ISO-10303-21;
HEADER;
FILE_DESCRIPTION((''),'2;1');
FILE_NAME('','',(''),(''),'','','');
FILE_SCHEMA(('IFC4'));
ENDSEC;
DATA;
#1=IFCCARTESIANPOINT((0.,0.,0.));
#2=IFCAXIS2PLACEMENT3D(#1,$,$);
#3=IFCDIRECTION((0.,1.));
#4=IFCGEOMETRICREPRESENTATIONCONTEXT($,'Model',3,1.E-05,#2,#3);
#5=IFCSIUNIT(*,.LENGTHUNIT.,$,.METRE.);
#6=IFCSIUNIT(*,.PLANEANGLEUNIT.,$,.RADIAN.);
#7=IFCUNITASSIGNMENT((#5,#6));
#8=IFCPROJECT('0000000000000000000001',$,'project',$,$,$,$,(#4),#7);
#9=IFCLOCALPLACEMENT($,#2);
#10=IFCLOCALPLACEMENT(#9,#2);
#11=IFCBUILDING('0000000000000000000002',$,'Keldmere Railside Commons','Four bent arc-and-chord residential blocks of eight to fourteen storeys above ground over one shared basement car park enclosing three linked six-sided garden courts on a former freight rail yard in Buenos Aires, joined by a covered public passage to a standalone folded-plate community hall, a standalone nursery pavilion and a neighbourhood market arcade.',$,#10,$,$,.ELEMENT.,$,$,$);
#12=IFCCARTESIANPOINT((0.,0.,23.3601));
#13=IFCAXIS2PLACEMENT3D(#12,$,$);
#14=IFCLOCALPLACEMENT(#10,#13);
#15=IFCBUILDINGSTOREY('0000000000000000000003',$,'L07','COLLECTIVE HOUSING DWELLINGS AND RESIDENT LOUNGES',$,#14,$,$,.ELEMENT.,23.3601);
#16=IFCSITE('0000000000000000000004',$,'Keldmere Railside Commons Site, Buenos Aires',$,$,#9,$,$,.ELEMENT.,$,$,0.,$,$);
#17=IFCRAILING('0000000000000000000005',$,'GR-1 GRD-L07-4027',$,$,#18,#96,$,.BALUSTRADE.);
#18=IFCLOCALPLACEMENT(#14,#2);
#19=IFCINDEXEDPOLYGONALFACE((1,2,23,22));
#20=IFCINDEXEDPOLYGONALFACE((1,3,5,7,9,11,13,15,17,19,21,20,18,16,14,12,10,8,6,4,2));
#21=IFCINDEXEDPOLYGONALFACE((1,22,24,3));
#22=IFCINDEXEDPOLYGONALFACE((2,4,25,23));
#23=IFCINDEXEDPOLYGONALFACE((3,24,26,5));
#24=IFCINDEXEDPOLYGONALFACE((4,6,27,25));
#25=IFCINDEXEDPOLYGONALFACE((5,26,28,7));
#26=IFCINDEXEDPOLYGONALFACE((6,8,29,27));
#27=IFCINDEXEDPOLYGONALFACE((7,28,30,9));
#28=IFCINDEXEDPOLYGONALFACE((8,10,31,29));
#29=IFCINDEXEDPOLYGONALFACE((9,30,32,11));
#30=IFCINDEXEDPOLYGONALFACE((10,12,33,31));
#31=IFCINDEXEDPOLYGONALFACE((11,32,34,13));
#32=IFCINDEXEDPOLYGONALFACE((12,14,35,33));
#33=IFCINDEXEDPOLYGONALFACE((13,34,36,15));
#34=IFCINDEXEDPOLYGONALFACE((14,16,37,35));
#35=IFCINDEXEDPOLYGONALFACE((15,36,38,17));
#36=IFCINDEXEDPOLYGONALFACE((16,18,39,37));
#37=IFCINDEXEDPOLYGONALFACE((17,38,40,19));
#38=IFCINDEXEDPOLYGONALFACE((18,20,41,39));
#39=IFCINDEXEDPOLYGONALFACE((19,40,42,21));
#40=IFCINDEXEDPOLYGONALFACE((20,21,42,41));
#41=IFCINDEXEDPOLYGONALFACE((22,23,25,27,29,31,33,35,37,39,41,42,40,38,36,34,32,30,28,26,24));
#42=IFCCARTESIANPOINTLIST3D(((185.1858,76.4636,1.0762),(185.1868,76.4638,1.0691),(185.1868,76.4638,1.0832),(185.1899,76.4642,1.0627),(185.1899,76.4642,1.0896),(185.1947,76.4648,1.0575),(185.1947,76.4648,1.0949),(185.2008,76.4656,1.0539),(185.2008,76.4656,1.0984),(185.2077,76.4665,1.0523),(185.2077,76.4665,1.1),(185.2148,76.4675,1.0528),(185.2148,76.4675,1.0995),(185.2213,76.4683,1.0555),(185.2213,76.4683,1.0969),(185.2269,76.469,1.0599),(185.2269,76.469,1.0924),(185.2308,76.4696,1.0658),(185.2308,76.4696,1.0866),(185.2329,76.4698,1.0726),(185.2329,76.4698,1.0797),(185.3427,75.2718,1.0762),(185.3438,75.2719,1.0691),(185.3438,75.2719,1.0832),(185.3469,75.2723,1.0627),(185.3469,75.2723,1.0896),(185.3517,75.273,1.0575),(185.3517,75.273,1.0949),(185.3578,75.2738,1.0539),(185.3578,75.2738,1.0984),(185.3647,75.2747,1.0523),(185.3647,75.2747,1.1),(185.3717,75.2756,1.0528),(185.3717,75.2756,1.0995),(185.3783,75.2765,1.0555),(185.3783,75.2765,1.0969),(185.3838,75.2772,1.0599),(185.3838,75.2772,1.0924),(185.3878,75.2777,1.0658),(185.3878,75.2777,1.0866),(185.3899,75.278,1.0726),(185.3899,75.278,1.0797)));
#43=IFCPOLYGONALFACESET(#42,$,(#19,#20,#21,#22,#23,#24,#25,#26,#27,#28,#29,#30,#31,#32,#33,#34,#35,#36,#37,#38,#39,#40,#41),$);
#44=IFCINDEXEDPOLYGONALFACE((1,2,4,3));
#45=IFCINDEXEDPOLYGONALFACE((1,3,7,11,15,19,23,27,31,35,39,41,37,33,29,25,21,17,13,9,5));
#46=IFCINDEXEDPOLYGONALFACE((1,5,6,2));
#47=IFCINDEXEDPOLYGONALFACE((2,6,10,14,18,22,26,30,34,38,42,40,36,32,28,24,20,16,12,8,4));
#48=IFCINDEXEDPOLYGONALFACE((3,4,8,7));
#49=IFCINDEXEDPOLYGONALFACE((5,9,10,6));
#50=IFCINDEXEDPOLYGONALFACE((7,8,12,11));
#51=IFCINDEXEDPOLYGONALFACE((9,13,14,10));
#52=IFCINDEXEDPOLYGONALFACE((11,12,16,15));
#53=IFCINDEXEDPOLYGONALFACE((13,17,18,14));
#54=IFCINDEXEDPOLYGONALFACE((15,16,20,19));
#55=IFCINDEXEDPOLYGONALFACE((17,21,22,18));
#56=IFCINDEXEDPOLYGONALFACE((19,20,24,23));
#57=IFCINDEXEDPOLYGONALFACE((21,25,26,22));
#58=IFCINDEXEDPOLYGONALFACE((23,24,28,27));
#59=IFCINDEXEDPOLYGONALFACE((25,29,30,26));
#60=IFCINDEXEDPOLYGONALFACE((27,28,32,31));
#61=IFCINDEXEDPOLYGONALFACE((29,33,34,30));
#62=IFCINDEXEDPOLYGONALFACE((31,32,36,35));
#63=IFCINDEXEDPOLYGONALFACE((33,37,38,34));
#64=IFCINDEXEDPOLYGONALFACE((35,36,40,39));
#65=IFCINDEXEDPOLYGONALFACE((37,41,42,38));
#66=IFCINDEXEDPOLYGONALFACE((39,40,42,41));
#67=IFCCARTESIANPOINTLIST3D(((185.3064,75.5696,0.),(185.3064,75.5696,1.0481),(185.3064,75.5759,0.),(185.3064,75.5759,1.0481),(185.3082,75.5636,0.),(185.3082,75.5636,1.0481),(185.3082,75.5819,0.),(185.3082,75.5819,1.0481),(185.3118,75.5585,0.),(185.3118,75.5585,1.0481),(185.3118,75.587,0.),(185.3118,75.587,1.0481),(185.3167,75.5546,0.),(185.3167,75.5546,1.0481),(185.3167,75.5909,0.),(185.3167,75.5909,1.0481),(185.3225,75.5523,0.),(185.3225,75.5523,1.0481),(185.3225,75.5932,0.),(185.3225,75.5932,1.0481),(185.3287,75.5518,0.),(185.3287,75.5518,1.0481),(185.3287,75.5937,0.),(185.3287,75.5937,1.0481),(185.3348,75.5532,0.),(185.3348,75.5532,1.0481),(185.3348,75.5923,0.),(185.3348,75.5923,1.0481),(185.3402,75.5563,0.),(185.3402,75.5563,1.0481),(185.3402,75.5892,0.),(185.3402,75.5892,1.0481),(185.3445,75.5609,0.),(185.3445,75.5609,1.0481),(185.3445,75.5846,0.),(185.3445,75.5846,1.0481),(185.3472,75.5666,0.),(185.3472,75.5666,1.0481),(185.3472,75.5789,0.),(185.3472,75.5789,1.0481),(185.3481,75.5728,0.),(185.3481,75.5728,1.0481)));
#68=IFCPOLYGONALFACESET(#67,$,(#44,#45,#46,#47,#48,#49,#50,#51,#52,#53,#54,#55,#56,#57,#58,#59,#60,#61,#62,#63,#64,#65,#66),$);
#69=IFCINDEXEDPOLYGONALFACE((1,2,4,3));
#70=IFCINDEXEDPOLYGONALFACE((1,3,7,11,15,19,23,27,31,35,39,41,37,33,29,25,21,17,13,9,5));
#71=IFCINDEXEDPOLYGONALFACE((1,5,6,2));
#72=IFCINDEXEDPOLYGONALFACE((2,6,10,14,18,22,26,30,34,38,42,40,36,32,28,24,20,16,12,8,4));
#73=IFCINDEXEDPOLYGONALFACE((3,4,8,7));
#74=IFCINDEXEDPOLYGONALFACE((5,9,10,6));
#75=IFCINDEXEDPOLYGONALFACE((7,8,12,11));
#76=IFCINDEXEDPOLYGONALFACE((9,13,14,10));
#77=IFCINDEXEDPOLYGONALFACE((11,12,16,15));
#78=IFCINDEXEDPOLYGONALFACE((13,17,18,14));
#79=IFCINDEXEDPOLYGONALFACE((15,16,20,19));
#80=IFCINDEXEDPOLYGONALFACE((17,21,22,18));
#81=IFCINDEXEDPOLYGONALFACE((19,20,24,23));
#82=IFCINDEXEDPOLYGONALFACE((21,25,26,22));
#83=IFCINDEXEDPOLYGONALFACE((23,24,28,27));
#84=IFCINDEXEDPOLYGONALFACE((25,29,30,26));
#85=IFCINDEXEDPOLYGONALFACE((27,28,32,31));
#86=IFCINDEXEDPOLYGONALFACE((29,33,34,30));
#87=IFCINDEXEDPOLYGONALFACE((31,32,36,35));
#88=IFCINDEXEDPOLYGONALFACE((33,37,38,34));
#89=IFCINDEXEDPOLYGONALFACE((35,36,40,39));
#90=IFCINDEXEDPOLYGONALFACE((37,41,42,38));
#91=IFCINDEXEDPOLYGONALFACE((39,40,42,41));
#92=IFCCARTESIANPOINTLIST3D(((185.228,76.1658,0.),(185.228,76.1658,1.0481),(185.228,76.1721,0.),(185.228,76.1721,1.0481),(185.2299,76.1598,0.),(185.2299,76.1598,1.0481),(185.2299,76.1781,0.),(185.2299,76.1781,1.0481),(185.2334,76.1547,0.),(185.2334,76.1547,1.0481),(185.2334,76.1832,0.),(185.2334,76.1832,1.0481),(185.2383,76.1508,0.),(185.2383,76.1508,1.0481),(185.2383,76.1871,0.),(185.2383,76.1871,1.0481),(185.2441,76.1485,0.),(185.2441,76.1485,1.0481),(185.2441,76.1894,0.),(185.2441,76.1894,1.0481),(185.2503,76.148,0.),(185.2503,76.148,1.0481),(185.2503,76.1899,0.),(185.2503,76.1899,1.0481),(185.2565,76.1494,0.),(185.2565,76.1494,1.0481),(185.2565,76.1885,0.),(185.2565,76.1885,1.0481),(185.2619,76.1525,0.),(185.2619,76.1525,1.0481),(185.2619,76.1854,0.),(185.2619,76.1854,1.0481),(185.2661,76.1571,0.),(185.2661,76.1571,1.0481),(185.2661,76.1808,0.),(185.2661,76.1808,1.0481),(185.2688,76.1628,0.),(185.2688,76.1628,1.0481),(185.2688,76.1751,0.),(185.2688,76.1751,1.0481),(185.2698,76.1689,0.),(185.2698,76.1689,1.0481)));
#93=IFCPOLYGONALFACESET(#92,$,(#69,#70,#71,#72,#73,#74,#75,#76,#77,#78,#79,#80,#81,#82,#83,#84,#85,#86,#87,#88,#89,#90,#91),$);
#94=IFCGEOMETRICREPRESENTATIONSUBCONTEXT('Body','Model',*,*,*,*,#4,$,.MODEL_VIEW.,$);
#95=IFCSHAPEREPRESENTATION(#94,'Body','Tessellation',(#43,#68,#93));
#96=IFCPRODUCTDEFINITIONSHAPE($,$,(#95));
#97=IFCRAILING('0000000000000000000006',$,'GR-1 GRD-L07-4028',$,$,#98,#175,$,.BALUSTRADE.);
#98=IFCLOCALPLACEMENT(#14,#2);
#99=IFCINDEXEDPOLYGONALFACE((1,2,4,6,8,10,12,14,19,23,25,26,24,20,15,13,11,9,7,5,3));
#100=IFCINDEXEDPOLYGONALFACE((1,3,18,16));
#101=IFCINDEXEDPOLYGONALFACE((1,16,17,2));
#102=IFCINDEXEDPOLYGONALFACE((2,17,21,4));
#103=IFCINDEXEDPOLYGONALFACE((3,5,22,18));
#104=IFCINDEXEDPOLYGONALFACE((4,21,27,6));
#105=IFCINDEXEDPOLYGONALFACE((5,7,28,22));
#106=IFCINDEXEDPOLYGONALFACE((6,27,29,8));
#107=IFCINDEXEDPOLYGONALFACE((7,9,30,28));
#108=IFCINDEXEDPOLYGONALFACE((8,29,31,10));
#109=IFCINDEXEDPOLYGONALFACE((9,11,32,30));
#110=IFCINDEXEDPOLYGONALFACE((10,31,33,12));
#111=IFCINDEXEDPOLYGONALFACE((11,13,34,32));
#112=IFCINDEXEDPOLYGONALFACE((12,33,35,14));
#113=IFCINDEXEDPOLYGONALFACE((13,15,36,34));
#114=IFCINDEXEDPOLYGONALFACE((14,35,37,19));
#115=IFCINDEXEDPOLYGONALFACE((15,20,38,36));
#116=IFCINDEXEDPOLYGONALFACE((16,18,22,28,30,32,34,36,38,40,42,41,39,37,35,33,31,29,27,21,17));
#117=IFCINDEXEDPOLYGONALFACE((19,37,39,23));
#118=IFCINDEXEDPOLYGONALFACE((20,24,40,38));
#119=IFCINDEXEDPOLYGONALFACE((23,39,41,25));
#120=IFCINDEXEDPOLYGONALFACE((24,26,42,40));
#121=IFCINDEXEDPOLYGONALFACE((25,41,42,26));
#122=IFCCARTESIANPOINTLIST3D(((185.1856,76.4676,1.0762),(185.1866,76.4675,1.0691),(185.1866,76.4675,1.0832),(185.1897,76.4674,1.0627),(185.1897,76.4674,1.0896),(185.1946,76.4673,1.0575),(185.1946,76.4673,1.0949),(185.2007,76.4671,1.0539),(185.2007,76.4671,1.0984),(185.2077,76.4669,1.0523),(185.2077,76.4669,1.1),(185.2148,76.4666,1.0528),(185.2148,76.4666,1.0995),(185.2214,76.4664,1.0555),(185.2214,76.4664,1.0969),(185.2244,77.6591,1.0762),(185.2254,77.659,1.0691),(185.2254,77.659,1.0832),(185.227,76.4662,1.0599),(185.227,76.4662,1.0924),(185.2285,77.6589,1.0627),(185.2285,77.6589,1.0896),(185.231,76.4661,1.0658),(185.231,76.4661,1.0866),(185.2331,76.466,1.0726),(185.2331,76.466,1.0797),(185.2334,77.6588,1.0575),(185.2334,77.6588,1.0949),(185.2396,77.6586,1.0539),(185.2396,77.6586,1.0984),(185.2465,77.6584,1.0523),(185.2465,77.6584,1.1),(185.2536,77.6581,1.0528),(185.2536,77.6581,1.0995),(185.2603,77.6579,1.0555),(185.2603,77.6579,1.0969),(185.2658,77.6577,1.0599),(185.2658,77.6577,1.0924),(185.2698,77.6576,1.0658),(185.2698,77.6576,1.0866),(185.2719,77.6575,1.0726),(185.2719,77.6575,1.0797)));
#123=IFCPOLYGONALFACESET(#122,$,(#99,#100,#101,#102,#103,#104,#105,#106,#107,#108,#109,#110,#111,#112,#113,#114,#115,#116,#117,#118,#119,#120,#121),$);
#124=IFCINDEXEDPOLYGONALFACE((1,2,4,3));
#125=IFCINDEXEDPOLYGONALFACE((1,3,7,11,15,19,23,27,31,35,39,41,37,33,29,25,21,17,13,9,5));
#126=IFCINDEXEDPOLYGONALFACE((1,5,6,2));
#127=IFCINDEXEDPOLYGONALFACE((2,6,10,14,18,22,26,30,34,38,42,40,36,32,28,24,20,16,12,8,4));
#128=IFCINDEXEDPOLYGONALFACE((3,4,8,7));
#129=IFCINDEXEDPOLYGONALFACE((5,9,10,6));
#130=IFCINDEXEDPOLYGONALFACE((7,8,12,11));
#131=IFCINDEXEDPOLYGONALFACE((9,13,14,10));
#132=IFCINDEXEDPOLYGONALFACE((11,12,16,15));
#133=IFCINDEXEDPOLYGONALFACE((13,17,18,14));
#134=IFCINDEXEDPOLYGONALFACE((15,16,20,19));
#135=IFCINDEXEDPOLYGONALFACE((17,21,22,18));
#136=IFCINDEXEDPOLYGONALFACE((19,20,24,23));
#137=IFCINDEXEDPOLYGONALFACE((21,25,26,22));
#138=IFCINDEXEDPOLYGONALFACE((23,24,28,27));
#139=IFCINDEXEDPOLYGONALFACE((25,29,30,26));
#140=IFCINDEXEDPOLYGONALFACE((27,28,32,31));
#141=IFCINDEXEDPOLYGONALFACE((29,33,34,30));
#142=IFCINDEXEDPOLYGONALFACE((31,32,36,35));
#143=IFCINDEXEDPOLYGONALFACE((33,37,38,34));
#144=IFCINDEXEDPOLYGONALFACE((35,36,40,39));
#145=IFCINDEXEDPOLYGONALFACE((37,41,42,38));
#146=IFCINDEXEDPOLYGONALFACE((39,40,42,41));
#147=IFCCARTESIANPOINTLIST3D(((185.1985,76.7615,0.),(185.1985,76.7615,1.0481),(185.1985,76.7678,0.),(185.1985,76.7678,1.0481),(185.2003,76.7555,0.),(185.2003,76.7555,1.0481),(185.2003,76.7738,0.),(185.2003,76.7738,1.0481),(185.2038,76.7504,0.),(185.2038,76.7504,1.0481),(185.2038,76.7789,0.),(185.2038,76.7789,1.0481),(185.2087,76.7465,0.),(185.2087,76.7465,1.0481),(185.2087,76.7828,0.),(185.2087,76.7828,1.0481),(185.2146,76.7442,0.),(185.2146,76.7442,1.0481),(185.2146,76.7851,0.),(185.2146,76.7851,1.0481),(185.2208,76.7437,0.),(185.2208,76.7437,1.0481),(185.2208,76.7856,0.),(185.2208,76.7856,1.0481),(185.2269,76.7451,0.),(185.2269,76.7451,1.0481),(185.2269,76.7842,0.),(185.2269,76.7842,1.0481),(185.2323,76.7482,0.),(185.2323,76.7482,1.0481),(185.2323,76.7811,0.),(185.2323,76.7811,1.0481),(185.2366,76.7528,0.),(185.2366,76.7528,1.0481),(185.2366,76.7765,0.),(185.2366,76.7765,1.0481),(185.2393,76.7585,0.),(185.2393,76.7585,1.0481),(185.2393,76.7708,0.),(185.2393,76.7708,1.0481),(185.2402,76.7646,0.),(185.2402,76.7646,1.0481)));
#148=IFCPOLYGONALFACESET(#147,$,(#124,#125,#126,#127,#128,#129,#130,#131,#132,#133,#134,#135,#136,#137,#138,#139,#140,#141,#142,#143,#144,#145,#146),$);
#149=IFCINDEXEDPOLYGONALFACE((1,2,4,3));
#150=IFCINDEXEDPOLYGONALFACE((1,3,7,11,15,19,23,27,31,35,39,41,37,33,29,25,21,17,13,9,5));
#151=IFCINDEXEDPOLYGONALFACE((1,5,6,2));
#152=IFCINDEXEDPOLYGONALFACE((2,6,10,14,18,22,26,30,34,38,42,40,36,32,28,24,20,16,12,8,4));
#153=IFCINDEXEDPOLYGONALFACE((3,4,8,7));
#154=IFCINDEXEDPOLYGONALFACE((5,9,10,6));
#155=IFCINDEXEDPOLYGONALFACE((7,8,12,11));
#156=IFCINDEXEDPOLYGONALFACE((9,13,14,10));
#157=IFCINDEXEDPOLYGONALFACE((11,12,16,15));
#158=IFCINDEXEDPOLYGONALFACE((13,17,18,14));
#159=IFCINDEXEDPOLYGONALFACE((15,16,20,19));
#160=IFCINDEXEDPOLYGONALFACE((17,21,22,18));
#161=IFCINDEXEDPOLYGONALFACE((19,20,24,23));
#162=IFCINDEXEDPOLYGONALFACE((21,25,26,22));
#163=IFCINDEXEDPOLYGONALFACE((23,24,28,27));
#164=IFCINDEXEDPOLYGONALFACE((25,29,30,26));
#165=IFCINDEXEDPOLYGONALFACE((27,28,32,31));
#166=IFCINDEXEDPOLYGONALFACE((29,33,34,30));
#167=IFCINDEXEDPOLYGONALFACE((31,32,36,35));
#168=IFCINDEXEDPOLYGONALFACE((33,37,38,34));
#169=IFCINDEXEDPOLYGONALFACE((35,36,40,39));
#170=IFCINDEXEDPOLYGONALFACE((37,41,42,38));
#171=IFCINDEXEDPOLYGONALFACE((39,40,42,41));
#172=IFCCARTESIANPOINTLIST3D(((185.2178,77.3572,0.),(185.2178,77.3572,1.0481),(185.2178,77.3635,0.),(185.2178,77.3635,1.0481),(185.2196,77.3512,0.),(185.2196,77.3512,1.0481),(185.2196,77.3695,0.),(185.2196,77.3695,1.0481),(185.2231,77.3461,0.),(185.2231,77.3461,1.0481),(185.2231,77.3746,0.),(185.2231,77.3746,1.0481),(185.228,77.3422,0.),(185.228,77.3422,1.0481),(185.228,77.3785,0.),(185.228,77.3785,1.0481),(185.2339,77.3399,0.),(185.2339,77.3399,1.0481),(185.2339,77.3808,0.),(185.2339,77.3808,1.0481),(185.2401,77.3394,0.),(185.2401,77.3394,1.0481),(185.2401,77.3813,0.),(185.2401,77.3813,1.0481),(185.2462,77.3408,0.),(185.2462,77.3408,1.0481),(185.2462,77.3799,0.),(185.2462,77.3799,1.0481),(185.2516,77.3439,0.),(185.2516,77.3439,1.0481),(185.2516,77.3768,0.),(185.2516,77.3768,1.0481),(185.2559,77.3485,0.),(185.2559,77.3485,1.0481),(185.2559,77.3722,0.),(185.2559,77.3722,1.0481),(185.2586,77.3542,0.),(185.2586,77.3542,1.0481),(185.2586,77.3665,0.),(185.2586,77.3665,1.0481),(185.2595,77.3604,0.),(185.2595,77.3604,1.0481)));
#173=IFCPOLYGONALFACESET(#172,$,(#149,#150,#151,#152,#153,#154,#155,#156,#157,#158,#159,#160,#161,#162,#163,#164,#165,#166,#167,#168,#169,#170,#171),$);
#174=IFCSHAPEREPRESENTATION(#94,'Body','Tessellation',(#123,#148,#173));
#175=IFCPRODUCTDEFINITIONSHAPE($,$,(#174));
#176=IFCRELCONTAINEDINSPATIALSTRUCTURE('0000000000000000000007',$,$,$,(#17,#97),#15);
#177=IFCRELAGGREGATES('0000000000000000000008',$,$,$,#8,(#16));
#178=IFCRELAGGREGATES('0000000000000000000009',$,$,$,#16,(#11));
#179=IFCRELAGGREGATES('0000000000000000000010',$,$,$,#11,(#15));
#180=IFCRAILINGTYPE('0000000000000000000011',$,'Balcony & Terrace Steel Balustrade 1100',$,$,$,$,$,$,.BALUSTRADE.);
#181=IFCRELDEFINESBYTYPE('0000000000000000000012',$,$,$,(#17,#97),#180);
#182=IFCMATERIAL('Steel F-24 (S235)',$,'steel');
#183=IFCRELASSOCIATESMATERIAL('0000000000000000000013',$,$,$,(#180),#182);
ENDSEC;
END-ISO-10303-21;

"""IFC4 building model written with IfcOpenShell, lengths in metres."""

from ifc_helpers import new_model, si_unit, direction, frame, origin, origin_2d, place, context, subcontext, project, spatial, circle, extrude, material, type_object, element, save


model = new_model("IFC4")

# Units and contexts
model_context = context("Model", 3, precision=1e-05, world=origin(), true_north=direction((0.0, 1.0)))
body_context = subcontext(model_context, "Body", "Model", "MODEL_VIEW")
ifc_project = project(units=[si_unit("LENGTHUNIT", "METRE"), si_unit("PLANEANGLEUNIT", "RADIAN")], contexts=[model_context])

# Site, building, storey
site_placement = place(None, origin())
site = spatial("IfcSite", under=ifc_project, at=site_placement, Name="Keldmere Railside Commons Site, Buenos Aires", CompositionType="ELEMENT", RefElevation=0.0)
building_placement = place(site_placement, origin())
building = spatial("IfcBuilding", under=site, at=building_placement, Name="Keldmere Railside Commons", Description="Four bent arc-and-chord residential blocks of eight to fourteen storeys above ground over one shared basement car park enclosing three linked six-sided garden courts on a former freight rail yard in Buenos Aires, joined by a covered public passage to a standalone folded-plate community hall, a standalone nursery pavilion and a neighbourhood market arcade.", CompositionType="ELEMENT")
storey_placement = place(building_placement, frame((0.0, 0.0, 23.3601)))
storey = spatial("IfcBuildingStorey", under=building, at=storey_placement, Name="L07", Description="COLLECTIVE HOUSING DWELLINGS AND RESIDENT LOUNGES", CompositionType="ELEMENT", Elevation=23.3601)

# Shared definitions
ifc_material_1 = material(Name="Steel F-24 (S235)", Category="steel")

# Railings
railing_type = type_object("IfcRailingType", Name="Balcony & Terrace Steel Balustrade 1100", PredefinedType="BALUSTRADE", material=ifc_material_1)
railing_1_placement = place(storey_placement, frame((185.3665, 75.2749, 0.0)))
element("IfcRailing", 1, at=railing_1_placement, inside=storey, type_object=railing_type, Name="GR-1 GRD-L07-4027", PredefinedType="BALUSTRADE", context=body_context, shape_type="SweptSolid", body=[
    extrude(circle(Radius=0.0239, at=origin_2d()), frame((0.0, 0.0, 1.0762), z_axis=(-0.130581, 0.991438, 0.0), x_axis=(-0.991438, -0.130581, 0.0)), (0.0, 0.0, 1.0), 1.2021),
    extrude(circle(Radius=0.021, at=origin_2d()), frame((-0.0393, 0.2979, 0.0)), (0.0, 0.0, 1.0), 1.0481),
    extrude(circle(Radius=0.021, at=origin_2d()), frame((-0.1177, 0.894, 0.0)), (0.0, 0.0, 1.0), 1.0481),
])
railing_2_placement = place(storey_placement, frame((185.2095, 76.4668, 0.0)))
element("IfcRailing", 2, at=railing_2_placement, inside=storey, type_object=railing_type, Name="GR-1 GRD-L07-4028", PredefinedType="BALUSTRADE", context=body_context, shape_type="SweptSolid", body=[
    extrude(circle(Radius=0.0239, at=origin_2d()), frame((0.0, 0.0, 1.0762), z_axis=(0.032565, 0.99947, 0.0), x_axis=(-0.99947, 0.032565, 0.0)), (0.0, 0.0, 1.0), 1.1921),
    extrude(circle(Radius=0.021, at=origin_2d()), frame((0.0098, 0.2979, 0.0)), (0.0, 0.0, 1.0), 1.0481),
    extrude(circle(Radius=0.021, at=origin_2d()), frame((0.0291, 0.8936, 0.0)), (0.0, 0.0, 1.0), 1.0481),
])

save(model, "model.ifc")
